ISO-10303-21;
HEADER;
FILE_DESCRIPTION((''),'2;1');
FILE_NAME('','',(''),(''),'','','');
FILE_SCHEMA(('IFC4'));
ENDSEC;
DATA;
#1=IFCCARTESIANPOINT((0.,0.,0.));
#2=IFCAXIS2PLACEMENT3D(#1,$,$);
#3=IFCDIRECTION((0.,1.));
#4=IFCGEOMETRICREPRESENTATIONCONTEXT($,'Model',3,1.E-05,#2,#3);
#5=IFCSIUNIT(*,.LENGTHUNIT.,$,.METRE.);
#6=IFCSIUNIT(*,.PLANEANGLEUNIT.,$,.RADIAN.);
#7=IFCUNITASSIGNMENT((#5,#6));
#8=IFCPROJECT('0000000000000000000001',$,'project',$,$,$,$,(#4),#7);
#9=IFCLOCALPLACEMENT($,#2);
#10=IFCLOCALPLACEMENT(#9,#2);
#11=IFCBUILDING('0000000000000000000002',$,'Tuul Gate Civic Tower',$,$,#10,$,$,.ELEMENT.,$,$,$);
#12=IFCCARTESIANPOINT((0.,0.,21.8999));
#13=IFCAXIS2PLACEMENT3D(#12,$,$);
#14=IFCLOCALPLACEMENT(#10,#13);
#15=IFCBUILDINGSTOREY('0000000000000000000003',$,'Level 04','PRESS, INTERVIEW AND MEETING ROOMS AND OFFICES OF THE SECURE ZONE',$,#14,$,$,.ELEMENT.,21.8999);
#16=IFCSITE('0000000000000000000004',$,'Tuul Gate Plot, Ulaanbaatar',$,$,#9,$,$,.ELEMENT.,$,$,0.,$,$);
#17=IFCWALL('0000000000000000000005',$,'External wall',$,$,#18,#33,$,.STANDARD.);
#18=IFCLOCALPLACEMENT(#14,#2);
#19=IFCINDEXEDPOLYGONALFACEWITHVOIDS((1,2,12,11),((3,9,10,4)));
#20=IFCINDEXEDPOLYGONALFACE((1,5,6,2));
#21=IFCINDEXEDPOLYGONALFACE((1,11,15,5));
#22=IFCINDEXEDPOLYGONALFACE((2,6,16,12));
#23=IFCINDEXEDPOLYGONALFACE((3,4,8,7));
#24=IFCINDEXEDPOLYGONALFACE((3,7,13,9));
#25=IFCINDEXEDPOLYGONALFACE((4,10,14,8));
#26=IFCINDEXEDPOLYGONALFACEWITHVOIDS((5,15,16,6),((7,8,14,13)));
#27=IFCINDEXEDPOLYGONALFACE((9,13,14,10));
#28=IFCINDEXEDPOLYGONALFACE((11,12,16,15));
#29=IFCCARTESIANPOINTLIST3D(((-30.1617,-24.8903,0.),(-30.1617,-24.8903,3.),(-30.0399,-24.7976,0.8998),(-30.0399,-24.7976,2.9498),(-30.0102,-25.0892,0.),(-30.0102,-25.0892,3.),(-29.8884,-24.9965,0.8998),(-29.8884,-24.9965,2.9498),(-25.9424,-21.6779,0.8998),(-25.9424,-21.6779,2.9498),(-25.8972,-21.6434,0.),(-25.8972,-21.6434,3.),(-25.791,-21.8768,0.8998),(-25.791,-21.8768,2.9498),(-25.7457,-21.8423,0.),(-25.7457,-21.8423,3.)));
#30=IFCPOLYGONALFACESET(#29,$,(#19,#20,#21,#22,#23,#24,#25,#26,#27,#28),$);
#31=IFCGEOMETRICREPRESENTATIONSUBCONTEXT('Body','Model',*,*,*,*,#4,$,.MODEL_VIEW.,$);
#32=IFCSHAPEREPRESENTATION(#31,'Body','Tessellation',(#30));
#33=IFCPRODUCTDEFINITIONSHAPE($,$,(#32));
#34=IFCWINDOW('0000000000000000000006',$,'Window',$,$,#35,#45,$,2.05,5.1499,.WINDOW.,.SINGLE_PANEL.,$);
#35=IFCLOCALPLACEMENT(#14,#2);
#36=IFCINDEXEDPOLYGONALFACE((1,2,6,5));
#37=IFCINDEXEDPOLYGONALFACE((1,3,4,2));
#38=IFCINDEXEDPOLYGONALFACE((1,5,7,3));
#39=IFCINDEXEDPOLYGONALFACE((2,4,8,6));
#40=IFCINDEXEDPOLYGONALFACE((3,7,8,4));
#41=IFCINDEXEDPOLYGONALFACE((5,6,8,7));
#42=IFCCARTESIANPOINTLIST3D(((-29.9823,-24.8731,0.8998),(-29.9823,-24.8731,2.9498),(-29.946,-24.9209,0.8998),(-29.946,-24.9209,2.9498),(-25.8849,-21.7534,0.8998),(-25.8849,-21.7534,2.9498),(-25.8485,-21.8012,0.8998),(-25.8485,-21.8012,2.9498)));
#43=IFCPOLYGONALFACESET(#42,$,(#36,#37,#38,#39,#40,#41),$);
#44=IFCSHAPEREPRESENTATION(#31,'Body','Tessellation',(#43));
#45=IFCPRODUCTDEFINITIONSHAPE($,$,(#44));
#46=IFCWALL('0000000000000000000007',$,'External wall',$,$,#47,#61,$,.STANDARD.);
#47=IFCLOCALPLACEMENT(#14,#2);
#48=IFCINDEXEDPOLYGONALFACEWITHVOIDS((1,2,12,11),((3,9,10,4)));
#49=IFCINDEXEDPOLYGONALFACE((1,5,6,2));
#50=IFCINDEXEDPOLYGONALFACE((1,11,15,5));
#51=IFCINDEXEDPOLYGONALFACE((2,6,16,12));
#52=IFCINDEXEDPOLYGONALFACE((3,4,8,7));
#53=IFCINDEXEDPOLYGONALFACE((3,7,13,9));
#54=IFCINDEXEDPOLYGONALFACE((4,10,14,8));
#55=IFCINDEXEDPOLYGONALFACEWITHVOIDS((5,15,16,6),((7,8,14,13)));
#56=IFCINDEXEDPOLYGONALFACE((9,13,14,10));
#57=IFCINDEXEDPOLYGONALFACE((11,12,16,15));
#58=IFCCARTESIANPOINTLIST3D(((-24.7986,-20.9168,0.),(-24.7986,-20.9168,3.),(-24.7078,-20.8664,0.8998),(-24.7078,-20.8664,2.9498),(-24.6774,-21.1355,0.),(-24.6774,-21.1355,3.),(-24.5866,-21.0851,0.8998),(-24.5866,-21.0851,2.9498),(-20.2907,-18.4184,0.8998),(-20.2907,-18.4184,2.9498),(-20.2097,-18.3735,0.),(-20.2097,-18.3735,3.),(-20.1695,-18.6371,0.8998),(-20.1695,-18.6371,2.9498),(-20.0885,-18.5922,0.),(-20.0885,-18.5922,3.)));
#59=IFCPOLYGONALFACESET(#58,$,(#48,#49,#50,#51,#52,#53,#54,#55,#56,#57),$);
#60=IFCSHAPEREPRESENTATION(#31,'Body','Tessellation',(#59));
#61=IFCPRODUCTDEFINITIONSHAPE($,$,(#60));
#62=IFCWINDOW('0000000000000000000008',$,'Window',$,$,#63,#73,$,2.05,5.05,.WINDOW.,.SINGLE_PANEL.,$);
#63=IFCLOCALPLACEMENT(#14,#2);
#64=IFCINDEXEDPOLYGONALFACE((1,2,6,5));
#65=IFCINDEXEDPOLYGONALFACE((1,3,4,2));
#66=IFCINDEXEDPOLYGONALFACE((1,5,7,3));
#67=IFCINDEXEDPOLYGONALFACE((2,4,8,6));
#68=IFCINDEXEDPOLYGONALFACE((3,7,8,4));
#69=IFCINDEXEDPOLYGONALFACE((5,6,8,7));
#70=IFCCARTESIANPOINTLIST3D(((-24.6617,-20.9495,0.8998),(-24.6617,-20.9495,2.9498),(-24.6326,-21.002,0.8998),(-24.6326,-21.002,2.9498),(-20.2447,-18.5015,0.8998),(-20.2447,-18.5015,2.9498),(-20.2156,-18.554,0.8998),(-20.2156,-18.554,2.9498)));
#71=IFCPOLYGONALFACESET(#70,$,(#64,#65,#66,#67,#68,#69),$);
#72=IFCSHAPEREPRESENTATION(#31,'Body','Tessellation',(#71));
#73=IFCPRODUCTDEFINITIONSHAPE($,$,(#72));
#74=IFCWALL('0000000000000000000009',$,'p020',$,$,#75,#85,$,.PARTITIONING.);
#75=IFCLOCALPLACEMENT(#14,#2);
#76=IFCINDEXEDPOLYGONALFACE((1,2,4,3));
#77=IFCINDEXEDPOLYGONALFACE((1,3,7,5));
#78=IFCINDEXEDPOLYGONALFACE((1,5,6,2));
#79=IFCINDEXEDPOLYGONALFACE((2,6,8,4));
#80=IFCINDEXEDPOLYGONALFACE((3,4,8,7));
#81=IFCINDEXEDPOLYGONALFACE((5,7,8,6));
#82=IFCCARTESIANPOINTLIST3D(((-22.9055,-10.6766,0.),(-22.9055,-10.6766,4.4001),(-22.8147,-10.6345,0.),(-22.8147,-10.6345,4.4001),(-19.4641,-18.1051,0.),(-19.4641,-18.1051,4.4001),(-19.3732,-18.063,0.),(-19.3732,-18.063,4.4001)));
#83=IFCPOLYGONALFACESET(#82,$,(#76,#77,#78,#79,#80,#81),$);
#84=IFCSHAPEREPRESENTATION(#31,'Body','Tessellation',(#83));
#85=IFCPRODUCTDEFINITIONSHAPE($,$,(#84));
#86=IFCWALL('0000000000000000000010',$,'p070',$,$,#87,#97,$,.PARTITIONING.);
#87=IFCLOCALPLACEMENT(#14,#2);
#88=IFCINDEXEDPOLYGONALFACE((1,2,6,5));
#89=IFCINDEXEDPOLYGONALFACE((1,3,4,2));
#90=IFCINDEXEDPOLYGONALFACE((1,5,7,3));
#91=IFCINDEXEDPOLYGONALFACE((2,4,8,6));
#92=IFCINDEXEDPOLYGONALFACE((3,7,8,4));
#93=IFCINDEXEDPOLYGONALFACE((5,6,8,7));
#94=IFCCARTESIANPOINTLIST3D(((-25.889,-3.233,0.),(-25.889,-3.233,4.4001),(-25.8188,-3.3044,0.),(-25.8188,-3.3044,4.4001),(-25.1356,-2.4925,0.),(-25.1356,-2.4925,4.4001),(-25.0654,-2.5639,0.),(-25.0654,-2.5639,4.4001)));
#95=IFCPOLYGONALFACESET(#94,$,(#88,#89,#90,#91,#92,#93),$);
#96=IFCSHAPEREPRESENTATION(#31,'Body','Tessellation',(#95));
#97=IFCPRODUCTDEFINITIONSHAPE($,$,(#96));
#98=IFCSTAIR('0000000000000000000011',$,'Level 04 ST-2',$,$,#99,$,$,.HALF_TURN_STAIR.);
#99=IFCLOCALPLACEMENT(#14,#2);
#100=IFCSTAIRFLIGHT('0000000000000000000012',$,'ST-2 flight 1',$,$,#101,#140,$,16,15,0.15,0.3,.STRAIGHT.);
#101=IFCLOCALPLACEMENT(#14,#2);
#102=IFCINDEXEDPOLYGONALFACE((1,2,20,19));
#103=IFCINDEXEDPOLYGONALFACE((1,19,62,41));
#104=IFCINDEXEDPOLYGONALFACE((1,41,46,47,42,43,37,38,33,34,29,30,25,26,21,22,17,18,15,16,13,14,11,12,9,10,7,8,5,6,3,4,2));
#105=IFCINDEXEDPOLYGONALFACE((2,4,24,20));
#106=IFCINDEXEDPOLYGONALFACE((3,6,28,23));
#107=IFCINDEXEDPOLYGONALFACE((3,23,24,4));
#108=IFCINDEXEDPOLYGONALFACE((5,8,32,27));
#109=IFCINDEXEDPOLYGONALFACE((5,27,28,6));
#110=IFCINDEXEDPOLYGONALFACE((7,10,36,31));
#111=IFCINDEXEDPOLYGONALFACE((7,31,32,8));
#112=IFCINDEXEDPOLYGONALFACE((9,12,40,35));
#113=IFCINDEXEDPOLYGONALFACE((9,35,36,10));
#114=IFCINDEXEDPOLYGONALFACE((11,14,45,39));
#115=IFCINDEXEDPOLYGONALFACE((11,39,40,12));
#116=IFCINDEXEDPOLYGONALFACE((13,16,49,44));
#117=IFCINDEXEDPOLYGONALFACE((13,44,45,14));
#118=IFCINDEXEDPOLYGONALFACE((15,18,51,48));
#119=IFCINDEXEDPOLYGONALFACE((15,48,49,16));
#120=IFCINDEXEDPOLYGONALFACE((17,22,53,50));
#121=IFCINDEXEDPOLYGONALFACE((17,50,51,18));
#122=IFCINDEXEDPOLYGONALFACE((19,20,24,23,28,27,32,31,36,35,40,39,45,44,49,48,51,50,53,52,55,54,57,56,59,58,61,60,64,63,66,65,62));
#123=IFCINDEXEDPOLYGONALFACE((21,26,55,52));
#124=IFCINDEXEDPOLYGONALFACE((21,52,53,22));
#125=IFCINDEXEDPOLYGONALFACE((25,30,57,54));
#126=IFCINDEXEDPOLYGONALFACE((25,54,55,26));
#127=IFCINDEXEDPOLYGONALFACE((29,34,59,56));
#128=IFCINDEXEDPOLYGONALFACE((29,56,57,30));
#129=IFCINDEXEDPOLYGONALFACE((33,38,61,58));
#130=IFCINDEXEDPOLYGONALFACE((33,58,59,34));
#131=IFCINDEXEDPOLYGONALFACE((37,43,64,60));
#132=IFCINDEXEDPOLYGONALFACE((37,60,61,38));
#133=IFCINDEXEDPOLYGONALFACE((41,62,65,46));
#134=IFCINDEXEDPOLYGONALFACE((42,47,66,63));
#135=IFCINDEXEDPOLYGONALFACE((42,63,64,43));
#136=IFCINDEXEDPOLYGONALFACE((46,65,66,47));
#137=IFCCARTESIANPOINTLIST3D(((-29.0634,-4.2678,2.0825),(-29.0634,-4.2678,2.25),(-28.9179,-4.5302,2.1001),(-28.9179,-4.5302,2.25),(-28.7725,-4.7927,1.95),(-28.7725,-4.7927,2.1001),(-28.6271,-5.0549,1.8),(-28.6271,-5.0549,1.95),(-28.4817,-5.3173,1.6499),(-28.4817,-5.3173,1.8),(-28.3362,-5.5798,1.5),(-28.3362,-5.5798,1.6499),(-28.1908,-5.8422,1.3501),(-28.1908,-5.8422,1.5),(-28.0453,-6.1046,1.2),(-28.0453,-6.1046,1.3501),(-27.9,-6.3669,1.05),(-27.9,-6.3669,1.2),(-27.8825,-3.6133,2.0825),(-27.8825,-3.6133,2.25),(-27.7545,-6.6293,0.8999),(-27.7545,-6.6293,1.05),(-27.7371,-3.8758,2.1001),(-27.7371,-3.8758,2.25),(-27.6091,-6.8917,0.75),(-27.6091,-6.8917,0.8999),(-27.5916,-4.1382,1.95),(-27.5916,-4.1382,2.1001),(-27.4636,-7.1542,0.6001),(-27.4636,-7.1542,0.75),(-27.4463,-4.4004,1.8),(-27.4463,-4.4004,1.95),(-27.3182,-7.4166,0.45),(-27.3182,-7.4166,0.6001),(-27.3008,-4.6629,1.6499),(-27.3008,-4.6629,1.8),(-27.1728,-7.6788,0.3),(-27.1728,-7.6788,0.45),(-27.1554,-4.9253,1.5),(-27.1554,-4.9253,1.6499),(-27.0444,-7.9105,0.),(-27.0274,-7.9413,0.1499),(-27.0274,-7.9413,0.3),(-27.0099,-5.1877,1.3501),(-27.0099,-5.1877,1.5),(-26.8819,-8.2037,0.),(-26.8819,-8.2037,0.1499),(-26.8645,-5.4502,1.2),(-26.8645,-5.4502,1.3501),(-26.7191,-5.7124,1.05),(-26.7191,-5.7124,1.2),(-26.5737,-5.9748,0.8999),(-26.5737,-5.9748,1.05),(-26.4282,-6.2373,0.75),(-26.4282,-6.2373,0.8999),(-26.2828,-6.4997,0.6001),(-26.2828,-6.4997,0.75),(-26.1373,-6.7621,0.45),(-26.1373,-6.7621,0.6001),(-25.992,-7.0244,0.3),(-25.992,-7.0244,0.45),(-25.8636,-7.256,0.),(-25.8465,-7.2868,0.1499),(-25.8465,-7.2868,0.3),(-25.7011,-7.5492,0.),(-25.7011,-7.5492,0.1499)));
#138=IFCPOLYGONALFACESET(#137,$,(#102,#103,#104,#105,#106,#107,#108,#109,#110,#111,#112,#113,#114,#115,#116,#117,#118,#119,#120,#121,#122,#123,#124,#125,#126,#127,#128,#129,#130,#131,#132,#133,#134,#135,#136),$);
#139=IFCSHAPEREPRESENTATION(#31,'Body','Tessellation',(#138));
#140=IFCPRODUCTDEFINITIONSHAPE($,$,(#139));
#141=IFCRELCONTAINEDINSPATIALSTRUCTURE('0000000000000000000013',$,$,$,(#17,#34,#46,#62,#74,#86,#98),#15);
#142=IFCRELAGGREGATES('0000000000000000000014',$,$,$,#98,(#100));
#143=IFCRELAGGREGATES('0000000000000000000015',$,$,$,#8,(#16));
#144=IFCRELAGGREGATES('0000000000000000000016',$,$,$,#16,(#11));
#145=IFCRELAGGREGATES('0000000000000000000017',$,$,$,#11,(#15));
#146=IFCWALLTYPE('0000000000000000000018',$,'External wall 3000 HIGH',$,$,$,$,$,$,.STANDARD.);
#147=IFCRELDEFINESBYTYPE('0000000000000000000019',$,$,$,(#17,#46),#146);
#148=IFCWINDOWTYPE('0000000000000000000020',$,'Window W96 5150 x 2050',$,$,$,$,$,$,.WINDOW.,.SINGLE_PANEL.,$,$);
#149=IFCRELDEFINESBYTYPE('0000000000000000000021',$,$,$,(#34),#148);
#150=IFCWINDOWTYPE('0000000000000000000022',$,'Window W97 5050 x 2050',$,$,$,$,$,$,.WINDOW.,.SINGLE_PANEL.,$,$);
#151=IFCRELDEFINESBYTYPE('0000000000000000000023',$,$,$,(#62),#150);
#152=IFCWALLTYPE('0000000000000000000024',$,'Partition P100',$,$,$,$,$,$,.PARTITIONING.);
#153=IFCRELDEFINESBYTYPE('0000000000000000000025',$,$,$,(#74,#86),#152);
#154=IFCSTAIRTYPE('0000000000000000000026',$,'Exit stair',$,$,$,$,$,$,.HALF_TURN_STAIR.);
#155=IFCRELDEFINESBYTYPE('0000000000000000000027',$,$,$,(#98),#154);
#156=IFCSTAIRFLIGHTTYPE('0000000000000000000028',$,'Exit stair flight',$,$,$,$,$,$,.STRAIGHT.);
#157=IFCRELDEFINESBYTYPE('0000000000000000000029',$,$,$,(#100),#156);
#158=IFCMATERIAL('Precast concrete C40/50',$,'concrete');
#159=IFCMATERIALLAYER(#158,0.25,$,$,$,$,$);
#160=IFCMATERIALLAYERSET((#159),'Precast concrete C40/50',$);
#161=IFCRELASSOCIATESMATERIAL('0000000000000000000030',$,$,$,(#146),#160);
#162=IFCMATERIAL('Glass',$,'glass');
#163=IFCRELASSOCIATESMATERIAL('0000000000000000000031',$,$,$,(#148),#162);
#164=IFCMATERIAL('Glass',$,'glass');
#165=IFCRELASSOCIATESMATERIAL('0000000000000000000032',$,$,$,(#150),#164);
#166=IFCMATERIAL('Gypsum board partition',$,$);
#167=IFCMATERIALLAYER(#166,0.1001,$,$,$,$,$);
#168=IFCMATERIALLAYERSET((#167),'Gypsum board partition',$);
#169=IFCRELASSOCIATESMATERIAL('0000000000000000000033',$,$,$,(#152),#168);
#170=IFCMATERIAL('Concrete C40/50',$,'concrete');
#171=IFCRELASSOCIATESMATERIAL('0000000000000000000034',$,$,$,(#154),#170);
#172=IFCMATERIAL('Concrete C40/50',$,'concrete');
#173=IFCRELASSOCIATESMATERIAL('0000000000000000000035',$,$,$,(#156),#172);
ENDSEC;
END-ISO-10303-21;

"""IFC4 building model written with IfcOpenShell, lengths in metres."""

from ifc_helpers import new_model, si_unit, direction, frame, frame_2d, origin, place, context, subcontext, project, spatial, polyline, rectangle, outline, extrude, material, layer, layer_set, type_object, element, fill, aggregate, save


model = new_model("IFC4")

# Units and contexts
model_context = context("Model", 3, precision=1e-05, world=origin(), true_north=direction((0.0, 1.0)))
body_context = subcontext(model_context, "Body", "Model", "MODEL_VIEW")
ifc_project = project(units=[si_unit("LENGTHUNIT", "METRE"), si_unit("PLANEANGLEUNIT", "RADIAN")], contexts=[model_context])

# Site, building, storey
site_placement = place(None, origin())
site = spatial("IfcSite", under=ifc_project, at=site_placement, Name="Tuul Gate Plot, Ulaanbaatar", CompositionType="ELEMENT", RefElevation=0.0)
building_placement = place(site_placement, origin())
building = spatial("IfcBuilding", under=site, at=building_placement, Name="Tuul Gate Civic Tower", CompositionType="ELEMENT")
storey_placement = place(building_placement, frame((0.0, 0.0, 21.8999)))
storey = spatial("IfcBuildingStorey", under=building, at=storey_placement, Name="Level 04", Description="PRESS, INTERVIEW AND MEETING ROOMS AND OFFICES OF THE SECURE ZONE", CompositionType="ELEMENT", Elevation=21.8999)

# Walls, openings, windows
ifc_material_1 = material(Name="Precast concrete C40/50", Category="concrete")
ifc_layer_1 = layer(ifc_material_1, 0.25)
ifc_layer_set_1 = layer_set([ifc_layer_1], Name="Precast concrete C40/50")
wall_type_1 = type_object("IfcWallType", Name="External wall 3000 HIGH", PredefinedType="STANDARD", material=ifc_layer_set_1)
wall_1_placement = place(storey_placement, frame((-30.0859, -24.9897, 0.0), z_axis=(0.0, 0.0, 1.0), x_axis=(0.795633, 0.605778, 0.0)))
wall_1 = element("IfcWall", 1, at=wall_1_placement, inside=storey, type_object=wall_type_1, Name="External wall", PredefinedType="STANDARD", context=body_context, shape_type="SweptSolid", body=[
    extrude(rectangle(XDim=5.3599, YDim=0.25, at=frame_2d((2.6799, 0.0))), origin(), (0.0, 0.0, 1.0), 3.0),
])
opening_1_placement = place(wall_1_placement, frame((0.1531, 0.0, 0.8999)))
opening_1 = element("IfcOpeningElement", 2, at=opening_1_placement, cuts=wall_1, PredefinedType="OPENING", context=body_context, shape_type="SweptSolid", body=[
    extrude(rectangle(XDim=5.1499, YDim=2.05, at=frame_2d((2.575, 1.0249))), frame((0.0, 0.135, 0.0), z_axis=(0.0, -1.0, 0.0), x_axis=(1.0, 0.0, 0.0)), (0.0, 0.0, 1.0), 0.27),
])
ifc_material_2 = material(Name="Glass", Category="glass")
window_type_1 = type_object("IfcWindowType", Name="Window W96 5150 x 2050", PartitioningType="SINGLE_PANEL", PredefinedType="WINDOW", material=ifc_material_2)
window_1_placement = place(opening_1_placement, origin())
window_1 = element("IfcWindow", 3, at=window_1_placement, inside=storey, type_object=window_type_1, Name="Window", OverallHeight=2.05, OverallWidth=5.1499, PartitioningType="SINGLE_PANEL", PredefinedType="WINDOW", context=body_context, shape_type="SweptSolid", body=[
    extrude(rectangle(XDim=5.1499, YDim=2.05, at=frame_2d((2.575, 1.0249))), frame((0.0, 0.03, 0.0), z_axis=(0.0, -1.0, 0.0), x_axis=(1.0, 0.0, 0.0)), (0.0, 0.0, 1.0), 0.0601),
])
fill(opening_1, window_1)
wall_2_placement = place(storey_placement, frame((-24.738, -21.0261, 0.0), z_axis=(0.0, 0.0, 1.0), x_axis=(0.874655, 0.484746, 0.0)))
wall_2 = element("IfcWall", 4, at=wall_2_placement, inside=storey, type_object=wall_type_1, Name="External wall", PredefinedType="STANDARD", context=body_context, shape_type="SweptSolid", body=[
    extrude(rectangle(XDim=5.2466, YDim=0.25, at=frame_2d((2.6233, 0.0))), origin(), (0.0, 0.0, 1.0), 3.0),
])
opening_2_placement = place(wall_2_placement, frame((0.104, 0.0, 0.8999)))
opening_2 = element("IfcOpeningElement", 5, at=opening_2_placement, cuts=wall_2, PredefinedType="OPENING", context=body_context, shape_type="SweptSolid", body=[
    extrude(rectangle(XDim=5.05, YDim=2.05, at=frame_2d((2.5249, 1.0249))), frame((0.0, 0.135, 0.0), z_axis=(0.0, -1.0, 0.0), x_axis=(1.0, 0.0, 0.0)), (0.0, 0.0, 1.0), 0.27),
])
ifc_material_3 = material(Name="Glass", Category="glass")
window_type_2 = type_object("IfcWindowType", Name="Window W97 5050 x 2050", PartitioningType="SINGLE_PANEL", PredefinedType="WINDOW", material=ifc_material_3)
window_2_placement = place(opening_2_placement, origin())
window_2 = element("IfcWindow", 6, at=window_2_placement, inside=storey, type_object=window_type_2, Name="Window", OverallHeight=2.05, OverallWidth=5.05, PartitioningType="SINGLE_PANEL", PredefinedType="WINDOW", context=body_context, shape_type="SweptSolid", body=[
    extrude(rectangle(XDim=5.05, YDim=2.05, at=frame_2d((2.5249, 1.0249))), frame((0.0, 0.03, 0.0), z_axis=(0.0, -1.0, 0.0), x_axis=(1.0, 0.0, 0.0)), (0.0, 0.0, 1.0), 0.0601),
])
fill(opening_2, window_2)

# Walls
ifc_material_4 = material(Name="Gypsum board partition")
ifc_layer_2 = layer(ifc_material_4, 0.1001)
ifc_layer_set_2 = layer_set([ifc_layer_2], Name="Gypsum board partition")
wall_type_2 = type_object("IfcWallType", Name="Partition P100", PredefinedType="PARTITIONING", material=ifc_layer_set_2)
wall_3_placement = place(storey_placement, frame((-22.8601, -10.6555, 0.0), z_axis=(0.0, 0.0, 1.0), x_axis=(0.420355, -0.90736, 0.0)))
element("IfcWall", 7, at=wall_3_placement, inside=storey, type_object=wall_type_2, Name="p020", PredefinedType="PARTITIONING", context=body_context, shape_type="SweptSolid", body=[
    extrude(rectangle(XDim=8.187, YDim=0.1001, at=frame_2d((4.0935, 0.0))), origin(), (0.0, 0.0, 1.0), 4.4001),
])
wall_4_placement = place(storey_placement, frame((-25.854, -3.2688, 0.0), z_axis=(0.0, 0.0, 1.0), x_axis=(0.713205, 0.700956, 0.0)))
element("IfcWall", 8, at=wall_4_placement, inside=storey, type_object=wall_type_2, Name="p070", PredefinedType="PARTITIONING", context=body_context, shape_type="SweptSolid", body=[
    extrude(rectangle(XDim=1.0564, YDim=0.1001, at=frame_2d((0.5283, 0.0))), origin(), (0.0, 0.0, 1.0), 4.4001),
])

# Stair, stair flight
ifc_material_5 = material(Name="Concrete C40/50", Category="concrete")
stair_type = type_object("IfcStairType", Name="Exit stair", PredefinedType="HALF_TURN_STAIR", material=ifc_material_5)
stair_placement = place(storey_placement, origin())
stair = element("IfcStair", 9, at=stair_placement, inside=storey, type_object=stair_type, Name="Level 04 ST-2", PredefinedType="HALF_TURN_STAIR")
ifc_material_6 = material(Name="Concrete C40/50", Category="concrete")
stair_flight_type = type_object("IfcStairFlightType", Name="Exit stair flight", PredefinedType="STRAIGHT", material=ifc_material_6)
stair_flight_1_placement = place(storey_placement, frame((-26.2915, -7.8765, 0.0), z_axis=(0.0, 0.0, 1.0), x_axis=(-0.484762, 0.874646, 0.0)))
stair_flight_1 = element("IfcStairFlight", 10, at=stair_flight_1_placement, type_object=stair_flight_type, Name="ST-2 flight 1", NumberOfRisers=16, NumberOfTreads=15, PredefinedType="STRAIGHT", RiserHeight=0.15, TreadLength=0.3, context=body_context, shape_type="SweptSolid", body=[
    extrude(outline(polyline([(0.0, 0.0), (0.0, 0.1499), (0.3, 0.1499), (0.3, 0.3), (0.6001, 0.3), (0.6001, 0.45), (0.8999, 0.45), (0.8999, 0.6001), (1.2, 0.6001), (1.2, 0.75), (1.5, 0.75), (1.5, 0.8999), (1.8, 0.8999), (1.8, 1.05), (2.1001, 1.05), (2.1001, 1.2), (2.3999, 1.2), (2.3999, 1.3501), (2.7, 1.3501), (2.7, 1.5), (3.0, 1.5), (3.0, 1.6499), (3.3, 1.6499), (3.3, 1.8), (3.6001, 1.8), (3.6001, 1.95), (3.8999, 1.95), (3.8999, 2.1001), (4.2, 2.1001), (4.2, 2.25), (4.5, 2.25), (4.5, 2.3999), (4.5, 2.0825), (0.3352, 0.0), (0.0, 0.0)])), frame((0.0, 0.675, 0.0), z_axis=(0.0, -1.0, 0.0), x_axis=(1.0, 0.0, 0.0)), (0.0, 0.0, 1.0), 1.3501),
])
aggregate(stair, [stair_flight_1])

save(model, "model.ifc")
